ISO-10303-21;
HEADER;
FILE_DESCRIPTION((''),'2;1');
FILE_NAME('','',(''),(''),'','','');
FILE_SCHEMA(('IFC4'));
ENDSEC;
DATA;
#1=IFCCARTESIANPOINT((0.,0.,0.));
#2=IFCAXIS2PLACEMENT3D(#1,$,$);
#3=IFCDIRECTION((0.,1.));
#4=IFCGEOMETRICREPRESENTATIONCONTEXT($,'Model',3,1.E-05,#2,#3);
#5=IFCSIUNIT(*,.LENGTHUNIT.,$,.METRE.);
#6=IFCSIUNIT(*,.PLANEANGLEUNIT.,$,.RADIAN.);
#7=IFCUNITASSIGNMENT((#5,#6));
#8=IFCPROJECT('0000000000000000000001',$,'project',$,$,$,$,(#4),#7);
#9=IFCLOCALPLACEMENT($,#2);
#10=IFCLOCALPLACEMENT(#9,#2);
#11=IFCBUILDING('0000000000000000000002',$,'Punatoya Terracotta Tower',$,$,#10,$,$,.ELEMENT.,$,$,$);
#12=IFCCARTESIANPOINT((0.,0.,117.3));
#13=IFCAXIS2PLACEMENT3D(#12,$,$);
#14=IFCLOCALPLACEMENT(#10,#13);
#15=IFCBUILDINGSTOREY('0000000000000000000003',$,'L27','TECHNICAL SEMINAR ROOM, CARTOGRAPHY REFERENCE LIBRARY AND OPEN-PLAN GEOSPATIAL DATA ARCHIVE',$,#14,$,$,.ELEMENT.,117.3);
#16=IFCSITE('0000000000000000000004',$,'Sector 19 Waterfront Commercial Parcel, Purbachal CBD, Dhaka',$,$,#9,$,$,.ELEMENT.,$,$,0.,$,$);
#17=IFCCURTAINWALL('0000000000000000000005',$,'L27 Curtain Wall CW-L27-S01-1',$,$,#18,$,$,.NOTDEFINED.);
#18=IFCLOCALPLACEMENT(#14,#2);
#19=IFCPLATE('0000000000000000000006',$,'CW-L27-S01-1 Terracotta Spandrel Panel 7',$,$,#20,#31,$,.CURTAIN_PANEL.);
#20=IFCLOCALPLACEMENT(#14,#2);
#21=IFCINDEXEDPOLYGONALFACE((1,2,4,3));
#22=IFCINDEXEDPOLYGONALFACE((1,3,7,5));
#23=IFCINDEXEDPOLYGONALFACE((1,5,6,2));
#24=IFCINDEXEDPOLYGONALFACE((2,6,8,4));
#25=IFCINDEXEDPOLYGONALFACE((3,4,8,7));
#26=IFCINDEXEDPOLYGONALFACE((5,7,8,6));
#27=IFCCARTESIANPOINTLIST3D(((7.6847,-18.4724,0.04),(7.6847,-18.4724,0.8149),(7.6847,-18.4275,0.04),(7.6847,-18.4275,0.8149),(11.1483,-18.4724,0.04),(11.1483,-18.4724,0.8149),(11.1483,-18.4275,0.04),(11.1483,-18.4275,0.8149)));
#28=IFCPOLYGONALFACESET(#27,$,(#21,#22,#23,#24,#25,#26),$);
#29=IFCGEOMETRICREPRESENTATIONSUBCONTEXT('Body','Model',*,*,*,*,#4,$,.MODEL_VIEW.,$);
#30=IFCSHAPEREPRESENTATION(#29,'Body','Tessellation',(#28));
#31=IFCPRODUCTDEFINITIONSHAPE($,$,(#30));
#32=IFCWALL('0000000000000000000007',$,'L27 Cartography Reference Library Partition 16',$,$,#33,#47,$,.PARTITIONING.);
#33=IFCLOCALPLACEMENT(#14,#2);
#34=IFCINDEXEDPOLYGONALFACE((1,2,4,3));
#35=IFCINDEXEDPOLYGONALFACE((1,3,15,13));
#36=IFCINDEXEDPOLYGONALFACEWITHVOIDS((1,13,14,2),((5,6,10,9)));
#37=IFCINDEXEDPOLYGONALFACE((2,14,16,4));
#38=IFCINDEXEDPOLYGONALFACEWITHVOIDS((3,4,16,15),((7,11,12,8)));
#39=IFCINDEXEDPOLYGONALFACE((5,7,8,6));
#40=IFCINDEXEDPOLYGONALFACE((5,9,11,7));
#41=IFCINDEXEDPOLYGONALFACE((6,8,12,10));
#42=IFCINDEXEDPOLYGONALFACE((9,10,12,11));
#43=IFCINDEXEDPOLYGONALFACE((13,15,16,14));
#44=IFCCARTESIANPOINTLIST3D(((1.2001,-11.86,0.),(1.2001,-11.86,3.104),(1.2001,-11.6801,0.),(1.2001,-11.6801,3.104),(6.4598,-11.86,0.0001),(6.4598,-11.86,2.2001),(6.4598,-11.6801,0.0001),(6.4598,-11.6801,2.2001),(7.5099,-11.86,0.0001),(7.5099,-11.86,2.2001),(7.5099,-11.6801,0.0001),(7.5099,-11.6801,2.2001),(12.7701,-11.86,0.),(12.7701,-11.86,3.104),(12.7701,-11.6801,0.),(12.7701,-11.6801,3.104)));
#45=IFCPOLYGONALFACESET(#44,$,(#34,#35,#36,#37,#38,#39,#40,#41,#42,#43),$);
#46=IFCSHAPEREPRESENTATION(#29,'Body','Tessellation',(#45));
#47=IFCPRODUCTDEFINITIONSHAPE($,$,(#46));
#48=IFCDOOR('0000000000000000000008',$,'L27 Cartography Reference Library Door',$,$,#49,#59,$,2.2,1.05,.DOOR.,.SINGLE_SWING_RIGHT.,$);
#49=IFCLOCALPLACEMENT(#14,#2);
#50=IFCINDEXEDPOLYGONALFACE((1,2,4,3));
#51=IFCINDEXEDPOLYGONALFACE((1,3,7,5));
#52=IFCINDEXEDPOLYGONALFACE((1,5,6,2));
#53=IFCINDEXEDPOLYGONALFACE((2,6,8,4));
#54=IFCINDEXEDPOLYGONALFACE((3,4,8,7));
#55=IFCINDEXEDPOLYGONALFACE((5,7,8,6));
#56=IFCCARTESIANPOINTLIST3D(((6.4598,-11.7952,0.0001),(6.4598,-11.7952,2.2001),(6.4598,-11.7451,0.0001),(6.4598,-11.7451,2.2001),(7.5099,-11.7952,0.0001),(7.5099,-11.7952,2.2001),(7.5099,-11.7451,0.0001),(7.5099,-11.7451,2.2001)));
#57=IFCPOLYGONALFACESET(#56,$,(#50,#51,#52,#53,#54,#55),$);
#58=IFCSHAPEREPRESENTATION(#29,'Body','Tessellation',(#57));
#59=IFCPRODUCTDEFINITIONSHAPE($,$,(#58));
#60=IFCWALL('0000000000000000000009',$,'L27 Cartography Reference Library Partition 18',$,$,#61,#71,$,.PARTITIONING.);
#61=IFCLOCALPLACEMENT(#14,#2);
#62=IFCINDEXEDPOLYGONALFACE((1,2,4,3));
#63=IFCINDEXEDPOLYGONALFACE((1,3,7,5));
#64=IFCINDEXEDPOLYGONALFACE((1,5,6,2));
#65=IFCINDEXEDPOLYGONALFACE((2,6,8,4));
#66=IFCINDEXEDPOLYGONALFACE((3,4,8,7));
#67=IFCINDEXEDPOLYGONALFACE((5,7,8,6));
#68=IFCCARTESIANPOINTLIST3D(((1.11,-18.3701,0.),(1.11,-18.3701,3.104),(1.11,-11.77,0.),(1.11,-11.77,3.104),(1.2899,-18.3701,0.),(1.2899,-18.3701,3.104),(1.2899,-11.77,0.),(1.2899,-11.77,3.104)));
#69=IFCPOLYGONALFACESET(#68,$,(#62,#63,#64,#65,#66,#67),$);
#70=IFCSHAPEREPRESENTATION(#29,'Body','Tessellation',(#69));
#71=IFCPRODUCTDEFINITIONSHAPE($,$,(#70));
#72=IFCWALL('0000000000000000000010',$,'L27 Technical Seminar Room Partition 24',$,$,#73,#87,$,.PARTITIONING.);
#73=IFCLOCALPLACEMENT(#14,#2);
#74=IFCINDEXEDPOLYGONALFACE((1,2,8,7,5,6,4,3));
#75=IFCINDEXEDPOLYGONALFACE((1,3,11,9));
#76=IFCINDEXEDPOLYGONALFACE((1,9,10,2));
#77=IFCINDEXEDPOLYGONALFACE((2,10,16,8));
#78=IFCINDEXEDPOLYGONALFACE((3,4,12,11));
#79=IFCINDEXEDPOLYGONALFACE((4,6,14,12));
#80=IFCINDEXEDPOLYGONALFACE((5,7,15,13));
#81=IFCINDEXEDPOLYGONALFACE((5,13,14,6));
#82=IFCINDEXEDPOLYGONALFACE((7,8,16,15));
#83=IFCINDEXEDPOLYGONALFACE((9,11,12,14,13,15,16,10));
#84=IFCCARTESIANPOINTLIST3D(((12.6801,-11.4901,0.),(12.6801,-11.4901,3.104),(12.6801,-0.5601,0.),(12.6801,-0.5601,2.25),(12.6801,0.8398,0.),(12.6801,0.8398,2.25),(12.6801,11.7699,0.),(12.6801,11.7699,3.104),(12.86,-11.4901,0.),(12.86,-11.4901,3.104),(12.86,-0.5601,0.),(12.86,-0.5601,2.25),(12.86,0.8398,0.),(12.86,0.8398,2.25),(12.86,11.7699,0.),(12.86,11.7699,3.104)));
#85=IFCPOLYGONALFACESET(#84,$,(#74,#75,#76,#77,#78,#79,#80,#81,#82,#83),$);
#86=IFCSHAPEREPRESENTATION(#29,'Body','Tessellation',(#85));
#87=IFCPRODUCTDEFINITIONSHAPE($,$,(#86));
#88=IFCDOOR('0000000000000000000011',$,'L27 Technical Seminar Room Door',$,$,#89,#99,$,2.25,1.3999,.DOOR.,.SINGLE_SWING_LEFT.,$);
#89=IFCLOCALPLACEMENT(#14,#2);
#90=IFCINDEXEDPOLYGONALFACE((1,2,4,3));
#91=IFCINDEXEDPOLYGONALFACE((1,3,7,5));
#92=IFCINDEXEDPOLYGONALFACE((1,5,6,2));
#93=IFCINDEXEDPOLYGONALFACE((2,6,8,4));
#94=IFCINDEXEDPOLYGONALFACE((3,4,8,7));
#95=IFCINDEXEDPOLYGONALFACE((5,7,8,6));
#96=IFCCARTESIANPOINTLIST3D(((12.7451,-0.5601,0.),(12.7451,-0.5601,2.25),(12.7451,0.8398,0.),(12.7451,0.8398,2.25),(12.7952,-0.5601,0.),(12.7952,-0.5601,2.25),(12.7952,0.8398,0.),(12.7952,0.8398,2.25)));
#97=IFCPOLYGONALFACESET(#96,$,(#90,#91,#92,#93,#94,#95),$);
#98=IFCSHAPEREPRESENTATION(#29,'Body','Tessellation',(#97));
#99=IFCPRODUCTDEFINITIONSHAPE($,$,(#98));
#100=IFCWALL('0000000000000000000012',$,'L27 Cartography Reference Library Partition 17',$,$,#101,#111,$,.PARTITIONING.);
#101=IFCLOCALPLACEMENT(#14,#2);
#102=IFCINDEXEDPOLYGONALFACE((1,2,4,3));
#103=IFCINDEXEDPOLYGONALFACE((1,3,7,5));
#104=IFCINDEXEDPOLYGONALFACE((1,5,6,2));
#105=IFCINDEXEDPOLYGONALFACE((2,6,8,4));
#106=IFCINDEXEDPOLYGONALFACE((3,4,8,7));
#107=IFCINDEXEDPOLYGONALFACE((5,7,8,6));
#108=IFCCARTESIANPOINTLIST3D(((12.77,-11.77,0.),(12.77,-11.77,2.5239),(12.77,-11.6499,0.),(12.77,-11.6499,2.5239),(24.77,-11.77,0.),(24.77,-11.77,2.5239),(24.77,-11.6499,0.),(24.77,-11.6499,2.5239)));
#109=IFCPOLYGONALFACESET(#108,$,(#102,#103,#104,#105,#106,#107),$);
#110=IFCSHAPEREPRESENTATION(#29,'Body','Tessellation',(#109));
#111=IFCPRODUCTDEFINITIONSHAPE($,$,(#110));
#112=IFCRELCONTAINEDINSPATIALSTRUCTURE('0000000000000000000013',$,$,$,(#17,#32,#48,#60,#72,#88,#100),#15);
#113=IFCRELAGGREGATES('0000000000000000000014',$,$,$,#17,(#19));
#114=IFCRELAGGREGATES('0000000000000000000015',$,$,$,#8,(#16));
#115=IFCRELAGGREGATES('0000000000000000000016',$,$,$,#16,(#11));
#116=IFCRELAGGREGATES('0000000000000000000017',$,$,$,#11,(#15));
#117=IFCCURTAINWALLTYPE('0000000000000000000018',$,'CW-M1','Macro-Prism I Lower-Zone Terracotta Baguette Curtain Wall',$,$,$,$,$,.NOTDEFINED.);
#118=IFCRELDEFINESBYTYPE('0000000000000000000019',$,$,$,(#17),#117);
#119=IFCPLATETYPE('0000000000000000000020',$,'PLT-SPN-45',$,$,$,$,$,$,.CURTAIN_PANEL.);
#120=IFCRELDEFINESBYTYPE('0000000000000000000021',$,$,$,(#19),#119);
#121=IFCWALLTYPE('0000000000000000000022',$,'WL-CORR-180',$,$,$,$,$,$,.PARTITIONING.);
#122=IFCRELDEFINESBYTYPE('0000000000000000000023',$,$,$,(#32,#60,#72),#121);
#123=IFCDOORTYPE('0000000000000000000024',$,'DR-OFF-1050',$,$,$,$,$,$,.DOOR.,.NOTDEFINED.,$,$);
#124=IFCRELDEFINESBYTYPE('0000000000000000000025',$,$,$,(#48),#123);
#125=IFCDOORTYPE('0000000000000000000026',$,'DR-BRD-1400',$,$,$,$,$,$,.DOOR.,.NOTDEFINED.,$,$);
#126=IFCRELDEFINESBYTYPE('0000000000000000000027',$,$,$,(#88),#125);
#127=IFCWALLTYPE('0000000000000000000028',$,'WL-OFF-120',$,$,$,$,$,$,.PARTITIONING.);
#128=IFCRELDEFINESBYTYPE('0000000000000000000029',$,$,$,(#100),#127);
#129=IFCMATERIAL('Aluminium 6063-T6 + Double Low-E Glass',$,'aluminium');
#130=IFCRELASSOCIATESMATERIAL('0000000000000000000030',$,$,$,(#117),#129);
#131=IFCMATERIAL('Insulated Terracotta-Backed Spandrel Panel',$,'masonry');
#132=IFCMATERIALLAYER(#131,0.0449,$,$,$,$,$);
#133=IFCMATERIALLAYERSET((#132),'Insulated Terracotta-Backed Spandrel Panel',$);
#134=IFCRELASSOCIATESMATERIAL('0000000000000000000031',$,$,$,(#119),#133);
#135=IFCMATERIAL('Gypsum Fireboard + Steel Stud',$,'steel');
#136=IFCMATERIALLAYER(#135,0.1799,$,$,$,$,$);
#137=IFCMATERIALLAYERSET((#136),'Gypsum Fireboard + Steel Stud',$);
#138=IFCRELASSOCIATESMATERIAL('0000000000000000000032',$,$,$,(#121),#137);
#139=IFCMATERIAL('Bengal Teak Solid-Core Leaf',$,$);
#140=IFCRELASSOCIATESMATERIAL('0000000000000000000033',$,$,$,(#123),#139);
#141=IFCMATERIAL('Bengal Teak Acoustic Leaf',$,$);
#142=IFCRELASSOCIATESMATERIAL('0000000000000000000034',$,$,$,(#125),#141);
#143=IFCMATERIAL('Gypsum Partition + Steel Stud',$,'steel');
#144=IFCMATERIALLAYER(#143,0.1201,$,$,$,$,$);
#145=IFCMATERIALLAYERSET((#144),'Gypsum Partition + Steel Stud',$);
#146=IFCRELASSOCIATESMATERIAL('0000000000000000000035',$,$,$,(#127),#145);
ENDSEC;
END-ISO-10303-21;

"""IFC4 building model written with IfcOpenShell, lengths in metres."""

from ifc_helpers import new_model, si_unit, direction, frame, frame_2d, origin, origin_2d, place, context, subcontext, project, spatial, rectangle, extrude, material, layer, layer_set, type_object, element, fill, aggregate, save


model = new_model("IFC4")

# Units and contexts
model_context = context("Model", 3, precision=1e-05, world=origin(), true_north=direction((0.0, 1.0)))
body_context = subcontext(model_context, "Body", "Model", "MODEL_VIEW")
ifc_project = project(units=[si_unit("LENGTHUNIT", "METRE"), si_unit("PLANEANGLEUNIT", "RADIAN")], contexts=[model_context])

# Site, building, storey
site_placement = place(None, origin())
site = spatial("IfcSite", under=ifc_project, at=site_placement, Name="Sector 19 Waterfront Commercial Parcel, Purbachal CBD, Dhaka", CompositionType="ELEMENT", RefElevation=0.0)
building_placement = place(site_placement, origin())
building = spatial("IfcBuilding", under=site, at=building_placement, Name="Punatoya Terracotta Tower", CompositionType="ELEMENT")
storey_placement = place(building_placement, frame((0.0, 0.0, 117.3)))
storey = spatial("IfcBuildingStorey", under=building, at=storey_placement, Name="L27", Description="TECHNICAL SEMINAR ROOM, CARTOGRAPHY REFERENCE LIBRARY AND OPEN-PLAN GEOSPATIAL DATA ARCHIVE", CompositionType="ELEMENT", Elevation=117.3)

# Curtain wall, plate
ifc_material_1 = material(Name="Aluminium 6063-T6 + Double Low-E Glass", Category="aluminium")
curtain_wall_type = type_object("IfcCurtainWallType", Name="CW-M1", Description="Macro-Prism I Lower-Zone Terracotta Baguette Curtain Wall", PredefinedType="NOTDEFINED", material=ifc_material_1)
curtain_wall_placement = place(storey_placement, origin())
curtain_wall = element("IfcCurtainWall", 1, at=curtain_wall_placement, inside=storey, type_object=curtain_wall_type, Name="L27 Curtain Wall CW-L27-S01-1", PredefinedType="NOTDEFINED")
ifc_material_2 = material(Name="Insulated Terracotta-Backed Spandrel Panel", Category="masonry")
ifc_layer_1 = layer(ifc_material_2, 0.0449)
ifc_layer_set_1 = layer_set([ifc_layer_1], Name="Insulated Terracotta-Backed Spandrel Panel")
plate_type_1 = type_object("IfcPlateType", Name="PLT-SPN-45", PredefinedType="CURTAIN_PANEL", material=ifc_layer_set_1)
plate_1_placement = place(storey_placement, frame((9.4165, -18.45, 0.04), z_axis=(0.0, 0.0, 1.0), x_axis=(1.0, 0.0, 0.0)))
plate_1 = element("IfcPlate", 2, at=plate_1_placement, type_object=plate_type_1, Name="CW-L27-S01-1 Terracotta Spandrel Panel 7", PredefinedType="CURTAIN_PANEL", context=body_context, shape_type="SweptSolid", body=[
    extrude(rectangle(XDim=3.4636, YDim=0.0449, at=origin_2d()), origin(), (0.0, 0.0, 1.0), 0.7749),
])
aggregate(curtain_wall, [plate_1])

# Wall, opening, door
ifc_material_3 = material(Name="Gypsum Fireboard + Steel Stud", Category="steel")
ifc_layer_2 = layer(ifc_material_3, 0.1799)
ifc_layer_set_2 = layer_set([ifc_layer_2], Name="Gypsum Fireboard + Steel Stud")
wall_type_1 = type_object("IfcWallType", Name="WL-CORR-180", PredefinedType="PARTITIONING", material=ifc_layer_set_2)
wall_1_placement = place(storey_placement, frame((1.2, -11.77, 0.0), z_axis=(0.0, 0.0, 1.0), x_axis=(1.0, 0.0, 0.0)))
wall_1 = element("IfcWall", 3, at=wall_1_placement, inside=storey, type_object=wall_type_1, Name="L27 Cartography Reference Library Partition 16", PredefinedType="PARTITIONING", context=body_context, shape_type="SweptSolid", body=[
    extrude(rectangle(XDim=11.5701, YDim=0.1799, at=frame_2d((5.7852, 0.0))), origin(), (0.0, 0.0, 1.0), 3.104),
])
opening_1_placement = place(wall_1_placement, frame((5.26, 0.0, 0.0)))
opening_1 = element("IfcOpeningElement", 4, at=opening_1_placement, cuts=wall_1, PredefinedType="OPENING", context=body_context, shape_type="SweptSolid", body=[
    extrude(rectangle(XDim=1.05, YDim=2.2, at=frame_2d((0.5249, 1.1001))), frame((0.0, 0.0999, 0.0), z_axis=(0.0, -1.0, 0.0), x_axis=(1.0, 0.0, 0.0)), (0.0, 0.0, 1.0), 0.2),
])
ifc_material_4 = material(Name="Bengal Teak Solid-Core Leaf")
door_type_1 = type_object("IfcDoorType", Name="DR-OFF-1050", OperationType="NOTDEFINED", PredefinedType="DOOR", material=ifc_material_4)
door_1_placement = place(opening_1_placement, origin())
door_1 = element("IfcDoor", 5, at=door_1_placement, inside=storey, type_object=door_type_1, Name="L27 Cartography Reference Library Door", OperationType="SINGLE_SWING_RIGHT", OverallHeight=2.2, OverallWidth=1.05, PredefinedType="DOOR", context=body_context, shape_type="SweptSolid", body=[
    extrude(rectangle(XDim=1.05, YDim=2.2, at=frame_2d((0.5249, 1.1001))), frame((0.0, 0.0249, 0.0), z_axis=(0.0, -1.0, 0.0), x_axis=(1.0, 0.0, 0.0)), (0.0, 0.0, 1.0), 0.05),
])
fill(opening_1, door_1)

# Wall
wall_2_placement = place(storey_placement, frame((1.2, -18.3701, 0.0), z_axis=(0.0, 0.0, 1.0), x_axis=(0.0, 1.0, 0.0)))
element("IfcWall", 6, at=wall_2_placement, inside=storey, type_object=wall_type_1, Name="L27 Cartography Reference Library Partition 18", PredefinedType="PARTITIONING", context=body_context, shape_type="SweptSolid", body=[
    extrude(rectangle(XDim=6.6001, YDim=0.1799, at=frame_2d((3.3, 0.0))), origin(), (0.0, 0.0, 1.0), 3.104),
])

# Wall, opening, door
wall_3_placement = place(storey_placement, frame((12.77, -11.49, 0.0), z_axis=(0.0, 0.0, 1.0), x_axis=(0.0, 1.0, 0.0)))
wall_3 = element("IfcWall", 7, at=wall_3_placement, inside=storey, type_object=wall_type_1, Name="L27 Technical Seminar Room Partition 24", PredefinedType="PARTITIONING", context=body_context, shape_type="SweptSolid", body=[
    extrude(rectangle(XDim=23.26, YDim=0.1799, at=frame_2d((11.6299, 0.0))), origin(), (0.0, 0.0, 1.0), 3.104),
])
opening_2_placement = place(wall_3_placement, frame((10.9299, 0.0, 0.0)))
opening_2 = element("IfcOpeningElement", 8, at=opening_2_placement, cuts=wall_3, PredefinedType="OPENING", context=body_context, shape_type="SweptSolid", body=[
    extrude(rectangle(XDim=1.3999, YDim=2.25, at=frame_2d((0.7, 1.125))), frame((0.0, 0.0999, 0.0), z_axis=(0.0, -1.0, 0.0), x_axis=(1.0, 0.0, 0.0)), (0.0, 0.0, 1.0), 0.2),
])
ifc_material_5 = material(Name="Bengal Teak Acoustic Leaf")
door_type_2 = type_object("IfcDoorType", Name="DR-BRD-1400", OperationType="NOTDEFINED", PredefinedType="DOOR", material=ifc_material_5)
door_2_placement = place(opening_2_placement, origin())
door_2 = element("IfcDoor", 9, at=door_2_placement, inside=storey, type_object=door_type_2, Name="L27 Technical Seminar Room Door", OperationType="SINGLE_SWING_LEFT", OverallHeight=2.25, OverallWidth=1.3999, PredefinedType="DOOR", context=body_context, shape_type="SweptSolid", body=[
    extrude(rectangle(XDim=1.3999, YDim=2.25, at=frame_2d((0.7, 1.125))), frame((0.0, 0.0249, 0.0), z_axis=(0.0, -1.0, 0.0), x_axis=(1.0, 0.0, 0.0)), (0.0, 0.0, 1.0), 0.05),
])
fill(opening_2, door_2)

# Wall
ifc_material_6 = material(Name="Gypsum Partition + Steel Stud", Category="steel")
ifc_layer_3 = layer(ifc_material_6, 0.1201)
ifc_layer_set_3 = layer_set([ifc_layer_3], Name="Gypsum Partition + Steel Stud")
wall_type_2 = type_object("IfcWallType", Name="WL-OFF-120", PredefinedType="PARTITIONING", material=ifc_layer_set_3)
wall_4_placement = place(storey_placement, frame((12.77, -11.71, 0.0), z_axis=(0.0, 0.0, 1.0), x_axis=(1.0, 0.0, 0.0)))
element("IfcWall", 10, at=wall_4_placement, inside=storey, type_object=wall_type_2, Name="L27 Cartography Reference Library Partition 17", PredefinedType="PARTITIONING", context=body_context, shape_type="SweptSolid", body=[
    extrude(rectangle(XDim=12.0, YDim=0.1201, at=frame_2d((6.0, 0.0))), origin(), (0.0, 0.0, 1.0), 2.5239),
])

save(model, "model.ifc")
